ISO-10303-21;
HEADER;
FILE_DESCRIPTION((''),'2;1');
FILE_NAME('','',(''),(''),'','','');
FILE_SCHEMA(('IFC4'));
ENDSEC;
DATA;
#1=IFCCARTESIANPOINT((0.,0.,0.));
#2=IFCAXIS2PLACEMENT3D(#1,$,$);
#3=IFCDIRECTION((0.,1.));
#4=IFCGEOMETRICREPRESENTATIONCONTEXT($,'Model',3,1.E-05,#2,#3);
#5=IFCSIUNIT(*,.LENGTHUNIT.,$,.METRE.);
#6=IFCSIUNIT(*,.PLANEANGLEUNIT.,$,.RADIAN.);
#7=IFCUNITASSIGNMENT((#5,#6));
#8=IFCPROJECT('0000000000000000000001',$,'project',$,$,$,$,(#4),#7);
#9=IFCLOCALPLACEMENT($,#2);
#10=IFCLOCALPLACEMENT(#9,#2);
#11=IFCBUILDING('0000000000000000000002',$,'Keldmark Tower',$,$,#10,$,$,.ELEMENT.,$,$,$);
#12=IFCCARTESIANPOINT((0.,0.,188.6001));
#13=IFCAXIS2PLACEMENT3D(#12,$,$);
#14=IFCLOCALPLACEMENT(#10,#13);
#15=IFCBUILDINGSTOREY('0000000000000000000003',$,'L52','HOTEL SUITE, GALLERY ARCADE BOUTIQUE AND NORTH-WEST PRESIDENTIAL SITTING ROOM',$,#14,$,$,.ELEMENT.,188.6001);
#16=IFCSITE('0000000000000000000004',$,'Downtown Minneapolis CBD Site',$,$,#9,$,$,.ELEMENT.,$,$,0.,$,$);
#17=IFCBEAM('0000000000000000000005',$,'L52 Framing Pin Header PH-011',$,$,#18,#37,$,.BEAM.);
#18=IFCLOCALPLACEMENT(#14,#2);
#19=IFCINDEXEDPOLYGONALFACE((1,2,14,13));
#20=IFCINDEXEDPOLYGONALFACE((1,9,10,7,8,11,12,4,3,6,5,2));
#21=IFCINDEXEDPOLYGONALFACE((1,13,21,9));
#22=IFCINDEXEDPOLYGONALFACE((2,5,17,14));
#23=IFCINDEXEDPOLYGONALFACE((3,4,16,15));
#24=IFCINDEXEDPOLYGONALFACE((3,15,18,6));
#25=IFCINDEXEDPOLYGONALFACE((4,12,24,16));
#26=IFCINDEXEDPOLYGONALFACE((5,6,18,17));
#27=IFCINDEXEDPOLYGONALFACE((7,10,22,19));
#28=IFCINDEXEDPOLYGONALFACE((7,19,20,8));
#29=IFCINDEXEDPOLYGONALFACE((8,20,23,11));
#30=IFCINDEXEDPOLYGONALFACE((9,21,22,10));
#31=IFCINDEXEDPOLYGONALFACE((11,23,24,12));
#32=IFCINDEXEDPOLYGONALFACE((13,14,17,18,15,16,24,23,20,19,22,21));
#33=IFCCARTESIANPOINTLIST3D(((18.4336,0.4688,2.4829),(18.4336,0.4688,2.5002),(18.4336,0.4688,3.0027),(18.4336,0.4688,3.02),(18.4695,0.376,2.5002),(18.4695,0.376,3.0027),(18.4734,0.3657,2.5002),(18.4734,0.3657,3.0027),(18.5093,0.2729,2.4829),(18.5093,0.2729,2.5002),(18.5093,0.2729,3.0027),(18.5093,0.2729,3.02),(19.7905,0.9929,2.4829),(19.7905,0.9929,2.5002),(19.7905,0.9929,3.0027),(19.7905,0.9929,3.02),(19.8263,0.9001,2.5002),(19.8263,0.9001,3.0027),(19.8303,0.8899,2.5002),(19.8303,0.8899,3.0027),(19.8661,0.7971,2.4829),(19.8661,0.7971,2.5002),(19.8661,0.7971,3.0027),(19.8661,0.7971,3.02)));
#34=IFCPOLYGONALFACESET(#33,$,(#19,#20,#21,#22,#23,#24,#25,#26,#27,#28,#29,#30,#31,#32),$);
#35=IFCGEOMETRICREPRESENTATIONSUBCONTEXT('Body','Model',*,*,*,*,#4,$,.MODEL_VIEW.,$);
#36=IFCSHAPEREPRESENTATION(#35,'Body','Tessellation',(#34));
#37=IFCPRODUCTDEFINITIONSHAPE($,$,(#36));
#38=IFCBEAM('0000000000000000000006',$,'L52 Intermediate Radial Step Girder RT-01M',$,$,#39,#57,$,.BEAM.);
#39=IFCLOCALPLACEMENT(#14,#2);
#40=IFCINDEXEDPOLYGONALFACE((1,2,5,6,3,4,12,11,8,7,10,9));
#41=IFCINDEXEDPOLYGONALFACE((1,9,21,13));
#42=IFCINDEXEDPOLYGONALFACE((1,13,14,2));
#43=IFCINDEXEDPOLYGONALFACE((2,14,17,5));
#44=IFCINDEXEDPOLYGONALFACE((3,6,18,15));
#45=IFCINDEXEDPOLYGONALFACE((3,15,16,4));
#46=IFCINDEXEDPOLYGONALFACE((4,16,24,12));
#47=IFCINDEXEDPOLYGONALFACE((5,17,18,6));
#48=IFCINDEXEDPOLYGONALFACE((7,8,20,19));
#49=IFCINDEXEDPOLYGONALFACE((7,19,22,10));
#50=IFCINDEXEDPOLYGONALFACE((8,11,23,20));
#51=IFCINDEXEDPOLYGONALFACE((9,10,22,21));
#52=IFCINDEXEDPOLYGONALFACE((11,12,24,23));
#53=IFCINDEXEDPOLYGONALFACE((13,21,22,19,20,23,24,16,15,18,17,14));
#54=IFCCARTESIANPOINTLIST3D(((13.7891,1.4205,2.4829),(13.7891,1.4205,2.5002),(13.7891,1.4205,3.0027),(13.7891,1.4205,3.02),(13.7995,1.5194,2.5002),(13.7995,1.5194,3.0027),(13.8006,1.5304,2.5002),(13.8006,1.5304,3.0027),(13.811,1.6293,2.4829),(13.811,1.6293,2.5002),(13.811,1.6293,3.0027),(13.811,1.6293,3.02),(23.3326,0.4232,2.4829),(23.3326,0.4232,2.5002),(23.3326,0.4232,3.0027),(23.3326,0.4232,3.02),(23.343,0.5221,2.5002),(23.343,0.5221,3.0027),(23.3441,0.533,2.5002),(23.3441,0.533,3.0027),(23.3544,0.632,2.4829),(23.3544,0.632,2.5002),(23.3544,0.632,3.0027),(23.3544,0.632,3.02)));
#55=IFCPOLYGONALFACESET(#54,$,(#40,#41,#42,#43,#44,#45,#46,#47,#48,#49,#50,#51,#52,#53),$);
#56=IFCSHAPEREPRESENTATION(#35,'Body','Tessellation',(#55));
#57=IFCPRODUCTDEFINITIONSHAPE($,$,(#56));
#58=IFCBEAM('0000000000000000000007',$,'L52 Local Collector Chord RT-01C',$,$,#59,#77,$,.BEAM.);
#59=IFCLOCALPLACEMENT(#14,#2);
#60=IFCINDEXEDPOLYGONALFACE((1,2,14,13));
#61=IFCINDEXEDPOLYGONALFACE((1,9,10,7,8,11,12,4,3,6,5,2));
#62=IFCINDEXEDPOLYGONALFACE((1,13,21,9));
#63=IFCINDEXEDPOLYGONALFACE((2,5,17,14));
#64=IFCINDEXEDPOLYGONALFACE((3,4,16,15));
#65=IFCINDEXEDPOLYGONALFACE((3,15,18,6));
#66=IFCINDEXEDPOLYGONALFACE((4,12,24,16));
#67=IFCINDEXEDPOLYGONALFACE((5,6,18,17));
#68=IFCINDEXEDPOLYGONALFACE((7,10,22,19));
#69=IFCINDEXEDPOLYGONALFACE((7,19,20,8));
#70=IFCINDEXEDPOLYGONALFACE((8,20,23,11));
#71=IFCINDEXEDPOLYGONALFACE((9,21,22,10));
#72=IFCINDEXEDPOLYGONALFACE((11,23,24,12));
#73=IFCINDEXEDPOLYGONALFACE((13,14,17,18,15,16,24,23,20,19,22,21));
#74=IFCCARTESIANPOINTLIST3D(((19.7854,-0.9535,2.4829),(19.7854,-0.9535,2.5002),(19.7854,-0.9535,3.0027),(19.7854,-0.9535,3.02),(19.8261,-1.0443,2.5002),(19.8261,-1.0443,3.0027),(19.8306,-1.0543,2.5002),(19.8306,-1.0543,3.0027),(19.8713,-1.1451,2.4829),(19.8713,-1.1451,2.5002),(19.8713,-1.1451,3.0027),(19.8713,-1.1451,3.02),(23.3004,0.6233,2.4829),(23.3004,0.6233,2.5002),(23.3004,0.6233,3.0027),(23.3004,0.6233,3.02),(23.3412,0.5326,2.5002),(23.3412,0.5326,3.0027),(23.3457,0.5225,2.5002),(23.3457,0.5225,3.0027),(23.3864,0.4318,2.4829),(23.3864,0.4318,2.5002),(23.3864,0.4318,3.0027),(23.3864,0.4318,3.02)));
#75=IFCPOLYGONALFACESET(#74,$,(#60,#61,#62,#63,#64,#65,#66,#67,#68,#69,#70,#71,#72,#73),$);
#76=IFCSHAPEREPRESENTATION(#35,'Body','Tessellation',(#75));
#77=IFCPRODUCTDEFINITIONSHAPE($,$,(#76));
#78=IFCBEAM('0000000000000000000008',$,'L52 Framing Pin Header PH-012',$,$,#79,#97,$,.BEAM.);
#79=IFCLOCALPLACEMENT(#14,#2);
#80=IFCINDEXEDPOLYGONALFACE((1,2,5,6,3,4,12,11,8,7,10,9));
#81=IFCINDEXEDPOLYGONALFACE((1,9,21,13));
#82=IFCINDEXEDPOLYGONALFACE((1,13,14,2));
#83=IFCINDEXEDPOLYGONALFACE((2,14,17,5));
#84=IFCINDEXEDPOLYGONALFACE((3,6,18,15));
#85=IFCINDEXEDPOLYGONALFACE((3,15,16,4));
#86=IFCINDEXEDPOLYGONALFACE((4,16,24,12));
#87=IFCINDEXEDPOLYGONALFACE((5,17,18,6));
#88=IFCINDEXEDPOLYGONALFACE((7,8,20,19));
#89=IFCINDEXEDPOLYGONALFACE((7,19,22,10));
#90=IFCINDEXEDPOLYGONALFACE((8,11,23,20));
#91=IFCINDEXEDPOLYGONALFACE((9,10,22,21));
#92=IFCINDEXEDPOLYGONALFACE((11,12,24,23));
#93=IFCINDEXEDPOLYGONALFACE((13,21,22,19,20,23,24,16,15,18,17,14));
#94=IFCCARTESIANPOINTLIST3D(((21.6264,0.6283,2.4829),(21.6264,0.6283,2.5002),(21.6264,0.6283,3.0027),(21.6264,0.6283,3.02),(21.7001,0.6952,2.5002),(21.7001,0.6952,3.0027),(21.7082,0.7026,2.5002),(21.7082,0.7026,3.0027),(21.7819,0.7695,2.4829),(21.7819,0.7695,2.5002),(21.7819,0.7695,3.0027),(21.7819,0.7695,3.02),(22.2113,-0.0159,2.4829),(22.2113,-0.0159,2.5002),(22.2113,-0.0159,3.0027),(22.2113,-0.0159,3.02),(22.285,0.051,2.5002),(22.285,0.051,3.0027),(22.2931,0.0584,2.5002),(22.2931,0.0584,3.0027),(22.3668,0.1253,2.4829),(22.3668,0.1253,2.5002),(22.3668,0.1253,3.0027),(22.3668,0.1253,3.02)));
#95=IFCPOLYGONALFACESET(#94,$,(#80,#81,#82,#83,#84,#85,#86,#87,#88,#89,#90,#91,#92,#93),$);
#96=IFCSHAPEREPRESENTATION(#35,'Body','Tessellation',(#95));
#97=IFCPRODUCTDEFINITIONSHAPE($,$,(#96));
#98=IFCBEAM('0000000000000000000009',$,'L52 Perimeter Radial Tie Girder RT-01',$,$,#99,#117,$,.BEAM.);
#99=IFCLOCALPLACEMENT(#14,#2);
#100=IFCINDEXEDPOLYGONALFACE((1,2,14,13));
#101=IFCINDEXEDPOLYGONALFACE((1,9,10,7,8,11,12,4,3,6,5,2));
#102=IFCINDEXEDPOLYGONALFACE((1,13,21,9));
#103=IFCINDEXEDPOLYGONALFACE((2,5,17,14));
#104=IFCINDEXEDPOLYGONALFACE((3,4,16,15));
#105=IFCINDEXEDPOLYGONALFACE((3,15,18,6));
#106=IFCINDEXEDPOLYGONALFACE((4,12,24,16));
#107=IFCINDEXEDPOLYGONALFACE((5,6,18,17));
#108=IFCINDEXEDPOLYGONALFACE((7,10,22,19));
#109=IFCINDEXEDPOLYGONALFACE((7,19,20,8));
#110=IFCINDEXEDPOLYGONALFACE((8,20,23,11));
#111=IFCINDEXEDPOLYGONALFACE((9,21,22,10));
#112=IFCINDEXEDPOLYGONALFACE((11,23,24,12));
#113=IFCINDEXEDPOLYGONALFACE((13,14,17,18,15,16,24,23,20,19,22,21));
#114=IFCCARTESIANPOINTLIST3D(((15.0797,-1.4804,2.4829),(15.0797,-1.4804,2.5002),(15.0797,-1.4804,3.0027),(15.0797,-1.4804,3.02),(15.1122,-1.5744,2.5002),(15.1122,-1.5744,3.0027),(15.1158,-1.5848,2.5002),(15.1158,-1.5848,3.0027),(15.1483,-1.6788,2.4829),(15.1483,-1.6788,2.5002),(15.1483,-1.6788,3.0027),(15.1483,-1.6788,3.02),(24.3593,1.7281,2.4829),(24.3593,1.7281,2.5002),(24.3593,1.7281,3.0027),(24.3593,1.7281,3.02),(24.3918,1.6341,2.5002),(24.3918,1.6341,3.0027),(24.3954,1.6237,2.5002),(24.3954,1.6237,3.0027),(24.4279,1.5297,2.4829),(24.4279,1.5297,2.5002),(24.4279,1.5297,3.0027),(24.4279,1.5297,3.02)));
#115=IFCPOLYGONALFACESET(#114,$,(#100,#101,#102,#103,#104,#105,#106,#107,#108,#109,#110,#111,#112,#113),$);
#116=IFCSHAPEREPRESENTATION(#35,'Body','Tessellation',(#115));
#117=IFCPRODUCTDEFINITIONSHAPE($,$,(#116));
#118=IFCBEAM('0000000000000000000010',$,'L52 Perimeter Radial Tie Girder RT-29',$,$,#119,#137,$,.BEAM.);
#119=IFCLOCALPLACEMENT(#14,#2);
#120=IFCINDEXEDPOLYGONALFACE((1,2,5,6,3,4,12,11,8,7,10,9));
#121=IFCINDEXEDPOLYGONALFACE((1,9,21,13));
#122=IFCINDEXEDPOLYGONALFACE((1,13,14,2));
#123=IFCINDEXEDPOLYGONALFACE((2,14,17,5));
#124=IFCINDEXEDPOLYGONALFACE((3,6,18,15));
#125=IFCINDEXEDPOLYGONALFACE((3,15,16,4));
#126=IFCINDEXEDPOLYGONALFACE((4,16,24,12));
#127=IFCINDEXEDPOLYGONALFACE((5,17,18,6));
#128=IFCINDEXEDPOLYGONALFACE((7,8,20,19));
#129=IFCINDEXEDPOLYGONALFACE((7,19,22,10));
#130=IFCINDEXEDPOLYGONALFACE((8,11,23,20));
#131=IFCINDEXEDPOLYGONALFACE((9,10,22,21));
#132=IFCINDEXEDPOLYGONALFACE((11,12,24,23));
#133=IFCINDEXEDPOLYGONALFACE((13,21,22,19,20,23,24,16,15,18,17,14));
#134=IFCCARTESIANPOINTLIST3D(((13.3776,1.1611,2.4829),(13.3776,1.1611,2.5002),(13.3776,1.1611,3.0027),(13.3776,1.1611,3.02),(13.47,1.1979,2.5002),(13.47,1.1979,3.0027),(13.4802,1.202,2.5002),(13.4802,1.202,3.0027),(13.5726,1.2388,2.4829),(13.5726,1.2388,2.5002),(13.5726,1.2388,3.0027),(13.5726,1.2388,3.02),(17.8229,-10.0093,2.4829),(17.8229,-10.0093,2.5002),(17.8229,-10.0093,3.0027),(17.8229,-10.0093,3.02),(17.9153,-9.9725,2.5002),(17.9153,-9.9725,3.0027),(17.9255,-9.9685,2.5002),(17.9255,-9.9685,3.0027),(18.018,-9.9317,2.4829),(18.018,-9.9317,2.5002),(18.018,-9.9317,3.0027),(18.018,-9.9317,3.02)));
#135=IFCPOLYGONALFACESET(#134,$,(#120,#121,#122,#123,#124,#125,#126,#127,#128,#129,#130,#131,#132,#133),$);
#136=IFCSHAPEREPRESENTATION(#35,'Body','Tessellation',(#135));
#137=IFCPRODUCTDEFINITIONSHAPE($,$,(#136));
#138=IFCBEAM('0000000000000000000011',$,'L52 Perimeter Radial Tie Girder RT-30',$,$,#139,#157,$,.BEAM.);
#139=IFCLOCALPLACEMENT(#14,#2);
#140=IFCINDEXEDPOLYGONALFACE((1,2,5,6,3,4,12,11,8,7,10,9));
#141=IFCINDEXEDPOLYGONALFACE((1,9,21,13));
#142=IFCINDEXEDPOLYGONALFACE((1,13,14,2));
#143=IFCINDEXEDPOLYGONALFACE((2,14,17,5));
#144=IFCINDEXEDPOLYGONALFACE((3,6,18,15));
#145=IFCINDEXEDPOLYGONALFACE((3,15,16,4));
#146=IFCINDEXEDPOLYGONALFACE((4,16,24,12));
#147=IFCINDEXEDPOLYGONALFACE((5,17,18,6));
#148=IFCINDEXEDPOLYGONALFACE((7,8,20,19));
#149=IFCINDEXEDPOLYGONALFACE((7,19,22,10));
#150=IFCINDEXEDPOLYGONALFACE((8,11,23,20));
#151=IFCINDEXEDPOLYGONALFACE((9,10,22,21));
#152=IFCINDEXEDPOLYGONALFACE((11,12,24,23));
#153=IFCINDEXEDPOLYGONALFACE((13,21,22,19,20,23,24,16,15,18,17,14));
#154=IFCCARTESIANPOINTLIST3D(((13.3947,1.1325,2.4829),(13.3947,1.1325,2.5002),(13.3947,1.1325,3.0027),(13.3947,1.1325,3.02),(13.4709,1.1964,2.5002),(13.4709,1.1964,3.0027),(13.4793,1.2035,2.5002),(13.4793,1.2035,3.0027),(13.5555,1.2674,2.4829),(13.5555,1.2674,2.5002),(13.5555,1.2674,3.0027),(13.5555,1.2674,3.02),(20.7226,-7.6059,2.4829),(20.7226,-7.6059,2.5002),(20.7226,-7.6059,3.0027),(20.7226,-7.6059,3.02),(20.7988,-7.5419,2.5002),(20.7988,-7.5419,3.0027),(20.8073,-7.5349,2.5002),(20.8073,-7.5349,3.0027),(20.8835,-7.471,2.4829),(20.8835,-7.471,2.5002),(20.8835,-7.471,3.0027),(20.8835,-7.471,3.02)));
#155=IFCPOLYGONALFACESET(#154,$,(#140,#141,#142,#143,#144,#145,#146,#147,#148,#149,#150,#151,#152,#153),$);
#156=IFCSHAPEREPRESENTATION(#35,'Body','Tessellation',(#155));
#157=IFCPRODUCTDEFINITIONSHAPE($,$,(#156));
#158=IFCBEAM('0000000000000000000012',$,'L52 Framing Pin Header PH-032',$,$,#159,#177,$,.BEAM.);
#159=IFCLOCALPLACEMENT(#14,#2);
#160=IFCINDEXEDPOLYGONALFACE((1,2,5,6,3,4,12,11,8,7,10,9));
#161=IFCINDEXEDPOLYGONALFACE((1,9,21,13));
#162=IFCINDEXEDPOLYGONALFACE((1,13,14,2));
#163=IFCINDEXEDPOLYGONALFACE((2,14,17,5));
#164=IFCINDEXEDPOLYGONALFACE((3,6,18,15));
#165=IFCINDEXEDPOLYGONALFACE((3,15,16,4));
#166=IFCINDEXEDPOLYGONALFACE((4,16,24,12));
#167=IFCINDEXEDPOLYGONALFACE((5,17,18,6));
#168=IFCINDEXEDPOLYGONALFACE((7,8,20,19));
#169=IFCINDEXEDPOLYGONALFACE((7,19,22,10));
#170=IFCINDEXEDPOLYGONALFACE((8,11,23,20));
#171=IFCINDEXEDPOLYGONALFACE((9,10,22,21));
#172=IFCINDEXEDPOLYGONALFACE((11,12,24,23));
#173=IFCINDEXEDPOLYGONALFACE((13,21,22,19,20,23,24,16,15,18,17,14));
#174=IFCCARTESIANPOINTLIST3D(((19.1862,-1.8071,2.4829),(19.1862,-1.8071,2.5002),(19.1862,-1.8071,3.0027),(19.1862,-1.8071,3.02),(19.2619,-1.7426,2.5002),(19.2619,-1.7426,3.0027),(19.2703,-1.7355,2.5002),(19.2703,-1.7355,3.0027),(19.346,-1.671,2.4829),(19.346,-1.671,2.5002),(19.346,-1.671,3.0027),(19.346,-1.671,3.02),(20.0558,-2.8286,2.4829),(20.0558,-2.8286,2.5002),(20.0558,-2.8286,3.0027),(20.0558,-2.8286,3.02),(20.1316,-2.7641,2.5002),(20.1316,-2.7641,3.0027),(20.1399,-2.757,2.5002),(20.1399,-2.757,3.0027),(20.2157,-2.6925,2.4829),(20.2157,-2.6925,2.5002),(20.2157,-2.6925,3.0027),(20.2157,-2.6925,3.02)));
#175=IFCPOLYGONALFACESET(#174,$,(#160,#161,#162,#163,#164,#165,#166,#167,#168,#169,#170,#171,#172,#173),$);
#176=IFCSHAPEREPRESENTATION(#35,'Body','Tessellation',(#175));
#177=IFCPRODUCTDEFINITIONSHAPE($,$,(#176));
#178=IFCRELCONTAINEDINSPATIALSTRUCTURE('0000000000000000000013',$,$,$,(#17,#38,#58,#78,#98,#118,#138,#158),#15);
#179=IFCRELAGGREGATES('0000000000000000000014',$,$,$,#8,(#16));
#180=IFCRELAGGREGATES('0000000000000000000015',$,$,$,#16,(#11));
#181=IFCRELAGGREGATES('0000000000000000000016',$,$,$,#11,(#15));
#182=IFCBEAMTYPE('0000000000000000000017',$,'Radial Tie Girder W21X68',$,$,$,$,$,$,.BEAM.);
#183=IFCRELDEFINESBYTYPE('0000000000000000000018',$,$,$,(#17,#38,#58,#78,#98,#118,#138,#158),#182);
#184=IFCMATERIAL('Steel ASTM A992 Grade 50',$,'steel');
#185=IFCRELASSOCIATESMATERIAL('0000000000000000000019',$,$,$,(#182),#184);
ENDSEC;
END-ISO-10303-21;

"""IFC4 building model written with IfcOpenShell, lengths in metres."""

from ifc_helpers import new_model, si_unit, direction, frame, origin, origin_2d, place, context, subcontext, project, spatial, i_section, extrude, material, material_profile, profile_set, type_object, element, save


model = new_model("IFC4")

# Units and contexts
model_context = context("Model", 3, precision=1e-05, world=origin(), true_north=direction((0.0, 1.0)))
body_context = subcontext(model_context, "Body", "Model", "MODEL_VIEW")
ifc_project = project(units=[si_unit("LENGTHUNIT", "METRE"), si_unit("PLANEANGLEUNIT", "RADIAN")], contexts=[model_context])

# Site, building, storey
site_placement = place(None, origin())
site = spatial("IfcSite", under=ifc_project, at=site_placement, Name="Downtown Minneapolis CBD Site", CompositionType="ELEMENT", RefElevation=0.0)
building_placement = place(site_placement, origin())
building = spatial("IfcBuilding", under=site, at=building_placement, Name="Keldmark Tower", CompositionType="ELEMENT")
storey_placement = place(building_placement, frame((0.0, 0.0, 188.6001)))
storey = spatial("IfcBuildingStorey", under=building, at=storey_placement, Name="L52", Description="HOTEL SUITE, GALLERY ARCADE BOUTIQUE AND NORTH-WEST PRESIDENTIAL SITTING ROOM", CompositionType="ELEMENT", Elevation=188.6001)

# Beams
ifc_material_1 = material(Name="Steel ASTM A992 Grade 50", Category="steel")
ifc_material_profile_1 = material_profile(ifc_material_1, i_section(OverallWidth=0.21, OverallDepth=0.5371, WebThickness=0.011, FlangeThickness=0.0173, at=origin_2d()), Name="W21X68")
ifc_profile_set_1 = profile_set([ifc_material_profile_1], Name="Steel ASTM A992 Grade 50")
beam_type_1 = type_object("IfcBeamType", Name="Radial Tie Girder W21X68", PredefinedType="BEAM", material=ifc_profile_set_1)
beam_1_placement = place(storey_placement, frame((18.4714, 0.3708, 2.7515), z_axis=(0.932821, 0.36034, 0.0), x_axis=(-0.36034, 0.932821, 0.0)))
element("IfcBeam", 1, at=beam_1_placement, inside=storey, type_object=beam_type_1, Name="L52 Framing Pin Header PH-011", PredefinedType="BEAM", context=body_context, shape_type="SweptSolid", body=[
    extrude(i_section(OverallWidth=0.21, OverallDepth=0.5371, WebThickness=0.011, FlangeThickness=0.0173, at=origin_2d()), origin(), (0.0, 0.0, 1.0), 1.4546),
])
beam_2_placement = place(storey_placement, frame((13.8, 1.5249, 2.7515), z_axis=(0.994584, -0.103936, 0.0), x_axis=(0.103936, 0.994584, 0.0)))
element("IfcBeam", 2, at=beam_2_placement, inside=storey, type_object=beam_type_1, Name="L52 Intermediate Radial Step Girder RT-01M", PredefinedType="BEAM", context=body_context, shape_type="SweptSolid", body=[
    extrude(i_section(OverallWidth=0.21, OverallDepth=0.5371, WebThickness=0.011, FlangeThickness=0.0173, at=origin_2d()), origin(), (0.0, 0.0, 1.0), 9.5955),
])
beam_3_placement = place(storey_placement, frame((19.8284, -1.0493, 2.7515), z_axis=(0.912398, 0.409305, 0.0), x_axis=(-0.409305, 0.912398, 0.0)))
element("IfcBeam", 3, at=beam_3_placement, inside=storey, type_object=beam_type_1, Name="L52 Local Collector Chord RT-01C", PredefinedType="BEAM", context=body_context, shape_type="SweptSolid", body=[
    extrude(i_section(OverallWidth=0.21, OverallDepth=0.5371, WebThickness=0.011, FlangeThickness=0.0173, at=origin_2d()), origin(), (0.0, 0.0, 1.0), 3.8525),
])
beam_4_placement = place(storey_placement, frame((22.2891, 0.0547, 2.7515), z_axis=(-0.672198, 0.740372, 0.0), x_axis=(-0.740372, -0.672198, 0.0)))
element("IfcBeam", 4, at=beam_4_placement, inside=storey, type_object=beam_type_1, Name="L52 Framing Pin Header PH-012", PredefinedType="BEAM", context=body_context, shape_type="SweptSolid", body=[
    extrude(i_section(OverallWidth=0.21, OverallDepth=0.5371, WebThickness=0.011, FlangeThickness=0.0173, at=origin_2d()), origin(), (0.0, 0.0, 1.0), 0.8701),
])
beam_5_placement = place(storey_placement, frame((15.114, -1.5796, 2.7515), z_axis=(0.945101, 0.326778, 0.0), x_axis=(-0.326778, 0.945101, 0.0)))
element("IfcBeam", 5, at=beam_5_placement, inside=storey, type_object=beam_type_1, Name="L52 Perimeter Radial Tie Girder RT-01", PredefinedType="BEAM", context=body_context, shape_type="SweptSolid", body=[
    extrude(i_section(OverallWidth=0.21, OverallDepth=0.5371, WebThickness=0.011, FlangeThickness=0.0173, at=origin_2d()), origin(), (0.0, 0.0, 1.0), 9.8186),
])
beam_6_placement = place(storey_placement, frame((13.4751, 1.2, 2.7515), z_axis=(0.369752, -0.929131, 0.0), x_axis=(0.929131, 0.369752, 0.0)))
element("IfcBeam", 6, at=beam_6_placement, inside=storey, type_object=beam_type_1, Name="L52 Perimeter Radial Tie Girder RT-29", PredefinedType="BEAM", context=body_context, shape_type="SweptSolid", body=[
    extrude(i_section(OverallWidth=0.21, OverallDepth=0.5371, WebThickness=0.011, FlangeThickness=0.0173, at=origin_2d()), origin(), (0.0, 0.0, 1.0), 12.0225),
])
beam_7_placement = place(storey_placement, frame((13.4751, 1.2, 2.7515), z_axis=(0.642561, -0.766235, 0.0), x_axis=(0.766235, 0.642561, 0.0)))
element("IfcBeam", 7, at=beam_7_placement, inside=storey, type_object=beam_type_1, Name="L52 Perimeter Radial Tie Girder RT-30", PredefinedType="BEAM", context=body_context, shape_type="SweptSolid", body=[
    extrude(i_section(OverallWidth=0.21, OverallDepth=0.5371, WebThickness=0.011, FlangeThickness=0.0173, at=origin_2d()), origin(), (0.0, 0.0, 1.0), 11.4043),
])
beam_8_placement = place(storey_placement, frame((19.2661, -1.739, 2.7515), z_axis=(0.64824, -0.761436, 0.0), x_axis=(0.761436, 0.64824, 0.0)))
element("IfcBeam", 8, at=beam_8_placement, inside=storey, type_object=beam_type_1, Name="L52 Framing Pin Header PH-032", PredefinedType="BEAM", context=body_context, shape_type="SweptSolid", body=[
    extrude(i_section(OverallWidth=0.21, OverallDepth=0.5371, WebThickness=0.011, FlangeThickness=0.0173, at=origin_2d()), origin(), (0.0, 0.0, 1.0), 1.3416),
])

save(model, "model.ifc")
